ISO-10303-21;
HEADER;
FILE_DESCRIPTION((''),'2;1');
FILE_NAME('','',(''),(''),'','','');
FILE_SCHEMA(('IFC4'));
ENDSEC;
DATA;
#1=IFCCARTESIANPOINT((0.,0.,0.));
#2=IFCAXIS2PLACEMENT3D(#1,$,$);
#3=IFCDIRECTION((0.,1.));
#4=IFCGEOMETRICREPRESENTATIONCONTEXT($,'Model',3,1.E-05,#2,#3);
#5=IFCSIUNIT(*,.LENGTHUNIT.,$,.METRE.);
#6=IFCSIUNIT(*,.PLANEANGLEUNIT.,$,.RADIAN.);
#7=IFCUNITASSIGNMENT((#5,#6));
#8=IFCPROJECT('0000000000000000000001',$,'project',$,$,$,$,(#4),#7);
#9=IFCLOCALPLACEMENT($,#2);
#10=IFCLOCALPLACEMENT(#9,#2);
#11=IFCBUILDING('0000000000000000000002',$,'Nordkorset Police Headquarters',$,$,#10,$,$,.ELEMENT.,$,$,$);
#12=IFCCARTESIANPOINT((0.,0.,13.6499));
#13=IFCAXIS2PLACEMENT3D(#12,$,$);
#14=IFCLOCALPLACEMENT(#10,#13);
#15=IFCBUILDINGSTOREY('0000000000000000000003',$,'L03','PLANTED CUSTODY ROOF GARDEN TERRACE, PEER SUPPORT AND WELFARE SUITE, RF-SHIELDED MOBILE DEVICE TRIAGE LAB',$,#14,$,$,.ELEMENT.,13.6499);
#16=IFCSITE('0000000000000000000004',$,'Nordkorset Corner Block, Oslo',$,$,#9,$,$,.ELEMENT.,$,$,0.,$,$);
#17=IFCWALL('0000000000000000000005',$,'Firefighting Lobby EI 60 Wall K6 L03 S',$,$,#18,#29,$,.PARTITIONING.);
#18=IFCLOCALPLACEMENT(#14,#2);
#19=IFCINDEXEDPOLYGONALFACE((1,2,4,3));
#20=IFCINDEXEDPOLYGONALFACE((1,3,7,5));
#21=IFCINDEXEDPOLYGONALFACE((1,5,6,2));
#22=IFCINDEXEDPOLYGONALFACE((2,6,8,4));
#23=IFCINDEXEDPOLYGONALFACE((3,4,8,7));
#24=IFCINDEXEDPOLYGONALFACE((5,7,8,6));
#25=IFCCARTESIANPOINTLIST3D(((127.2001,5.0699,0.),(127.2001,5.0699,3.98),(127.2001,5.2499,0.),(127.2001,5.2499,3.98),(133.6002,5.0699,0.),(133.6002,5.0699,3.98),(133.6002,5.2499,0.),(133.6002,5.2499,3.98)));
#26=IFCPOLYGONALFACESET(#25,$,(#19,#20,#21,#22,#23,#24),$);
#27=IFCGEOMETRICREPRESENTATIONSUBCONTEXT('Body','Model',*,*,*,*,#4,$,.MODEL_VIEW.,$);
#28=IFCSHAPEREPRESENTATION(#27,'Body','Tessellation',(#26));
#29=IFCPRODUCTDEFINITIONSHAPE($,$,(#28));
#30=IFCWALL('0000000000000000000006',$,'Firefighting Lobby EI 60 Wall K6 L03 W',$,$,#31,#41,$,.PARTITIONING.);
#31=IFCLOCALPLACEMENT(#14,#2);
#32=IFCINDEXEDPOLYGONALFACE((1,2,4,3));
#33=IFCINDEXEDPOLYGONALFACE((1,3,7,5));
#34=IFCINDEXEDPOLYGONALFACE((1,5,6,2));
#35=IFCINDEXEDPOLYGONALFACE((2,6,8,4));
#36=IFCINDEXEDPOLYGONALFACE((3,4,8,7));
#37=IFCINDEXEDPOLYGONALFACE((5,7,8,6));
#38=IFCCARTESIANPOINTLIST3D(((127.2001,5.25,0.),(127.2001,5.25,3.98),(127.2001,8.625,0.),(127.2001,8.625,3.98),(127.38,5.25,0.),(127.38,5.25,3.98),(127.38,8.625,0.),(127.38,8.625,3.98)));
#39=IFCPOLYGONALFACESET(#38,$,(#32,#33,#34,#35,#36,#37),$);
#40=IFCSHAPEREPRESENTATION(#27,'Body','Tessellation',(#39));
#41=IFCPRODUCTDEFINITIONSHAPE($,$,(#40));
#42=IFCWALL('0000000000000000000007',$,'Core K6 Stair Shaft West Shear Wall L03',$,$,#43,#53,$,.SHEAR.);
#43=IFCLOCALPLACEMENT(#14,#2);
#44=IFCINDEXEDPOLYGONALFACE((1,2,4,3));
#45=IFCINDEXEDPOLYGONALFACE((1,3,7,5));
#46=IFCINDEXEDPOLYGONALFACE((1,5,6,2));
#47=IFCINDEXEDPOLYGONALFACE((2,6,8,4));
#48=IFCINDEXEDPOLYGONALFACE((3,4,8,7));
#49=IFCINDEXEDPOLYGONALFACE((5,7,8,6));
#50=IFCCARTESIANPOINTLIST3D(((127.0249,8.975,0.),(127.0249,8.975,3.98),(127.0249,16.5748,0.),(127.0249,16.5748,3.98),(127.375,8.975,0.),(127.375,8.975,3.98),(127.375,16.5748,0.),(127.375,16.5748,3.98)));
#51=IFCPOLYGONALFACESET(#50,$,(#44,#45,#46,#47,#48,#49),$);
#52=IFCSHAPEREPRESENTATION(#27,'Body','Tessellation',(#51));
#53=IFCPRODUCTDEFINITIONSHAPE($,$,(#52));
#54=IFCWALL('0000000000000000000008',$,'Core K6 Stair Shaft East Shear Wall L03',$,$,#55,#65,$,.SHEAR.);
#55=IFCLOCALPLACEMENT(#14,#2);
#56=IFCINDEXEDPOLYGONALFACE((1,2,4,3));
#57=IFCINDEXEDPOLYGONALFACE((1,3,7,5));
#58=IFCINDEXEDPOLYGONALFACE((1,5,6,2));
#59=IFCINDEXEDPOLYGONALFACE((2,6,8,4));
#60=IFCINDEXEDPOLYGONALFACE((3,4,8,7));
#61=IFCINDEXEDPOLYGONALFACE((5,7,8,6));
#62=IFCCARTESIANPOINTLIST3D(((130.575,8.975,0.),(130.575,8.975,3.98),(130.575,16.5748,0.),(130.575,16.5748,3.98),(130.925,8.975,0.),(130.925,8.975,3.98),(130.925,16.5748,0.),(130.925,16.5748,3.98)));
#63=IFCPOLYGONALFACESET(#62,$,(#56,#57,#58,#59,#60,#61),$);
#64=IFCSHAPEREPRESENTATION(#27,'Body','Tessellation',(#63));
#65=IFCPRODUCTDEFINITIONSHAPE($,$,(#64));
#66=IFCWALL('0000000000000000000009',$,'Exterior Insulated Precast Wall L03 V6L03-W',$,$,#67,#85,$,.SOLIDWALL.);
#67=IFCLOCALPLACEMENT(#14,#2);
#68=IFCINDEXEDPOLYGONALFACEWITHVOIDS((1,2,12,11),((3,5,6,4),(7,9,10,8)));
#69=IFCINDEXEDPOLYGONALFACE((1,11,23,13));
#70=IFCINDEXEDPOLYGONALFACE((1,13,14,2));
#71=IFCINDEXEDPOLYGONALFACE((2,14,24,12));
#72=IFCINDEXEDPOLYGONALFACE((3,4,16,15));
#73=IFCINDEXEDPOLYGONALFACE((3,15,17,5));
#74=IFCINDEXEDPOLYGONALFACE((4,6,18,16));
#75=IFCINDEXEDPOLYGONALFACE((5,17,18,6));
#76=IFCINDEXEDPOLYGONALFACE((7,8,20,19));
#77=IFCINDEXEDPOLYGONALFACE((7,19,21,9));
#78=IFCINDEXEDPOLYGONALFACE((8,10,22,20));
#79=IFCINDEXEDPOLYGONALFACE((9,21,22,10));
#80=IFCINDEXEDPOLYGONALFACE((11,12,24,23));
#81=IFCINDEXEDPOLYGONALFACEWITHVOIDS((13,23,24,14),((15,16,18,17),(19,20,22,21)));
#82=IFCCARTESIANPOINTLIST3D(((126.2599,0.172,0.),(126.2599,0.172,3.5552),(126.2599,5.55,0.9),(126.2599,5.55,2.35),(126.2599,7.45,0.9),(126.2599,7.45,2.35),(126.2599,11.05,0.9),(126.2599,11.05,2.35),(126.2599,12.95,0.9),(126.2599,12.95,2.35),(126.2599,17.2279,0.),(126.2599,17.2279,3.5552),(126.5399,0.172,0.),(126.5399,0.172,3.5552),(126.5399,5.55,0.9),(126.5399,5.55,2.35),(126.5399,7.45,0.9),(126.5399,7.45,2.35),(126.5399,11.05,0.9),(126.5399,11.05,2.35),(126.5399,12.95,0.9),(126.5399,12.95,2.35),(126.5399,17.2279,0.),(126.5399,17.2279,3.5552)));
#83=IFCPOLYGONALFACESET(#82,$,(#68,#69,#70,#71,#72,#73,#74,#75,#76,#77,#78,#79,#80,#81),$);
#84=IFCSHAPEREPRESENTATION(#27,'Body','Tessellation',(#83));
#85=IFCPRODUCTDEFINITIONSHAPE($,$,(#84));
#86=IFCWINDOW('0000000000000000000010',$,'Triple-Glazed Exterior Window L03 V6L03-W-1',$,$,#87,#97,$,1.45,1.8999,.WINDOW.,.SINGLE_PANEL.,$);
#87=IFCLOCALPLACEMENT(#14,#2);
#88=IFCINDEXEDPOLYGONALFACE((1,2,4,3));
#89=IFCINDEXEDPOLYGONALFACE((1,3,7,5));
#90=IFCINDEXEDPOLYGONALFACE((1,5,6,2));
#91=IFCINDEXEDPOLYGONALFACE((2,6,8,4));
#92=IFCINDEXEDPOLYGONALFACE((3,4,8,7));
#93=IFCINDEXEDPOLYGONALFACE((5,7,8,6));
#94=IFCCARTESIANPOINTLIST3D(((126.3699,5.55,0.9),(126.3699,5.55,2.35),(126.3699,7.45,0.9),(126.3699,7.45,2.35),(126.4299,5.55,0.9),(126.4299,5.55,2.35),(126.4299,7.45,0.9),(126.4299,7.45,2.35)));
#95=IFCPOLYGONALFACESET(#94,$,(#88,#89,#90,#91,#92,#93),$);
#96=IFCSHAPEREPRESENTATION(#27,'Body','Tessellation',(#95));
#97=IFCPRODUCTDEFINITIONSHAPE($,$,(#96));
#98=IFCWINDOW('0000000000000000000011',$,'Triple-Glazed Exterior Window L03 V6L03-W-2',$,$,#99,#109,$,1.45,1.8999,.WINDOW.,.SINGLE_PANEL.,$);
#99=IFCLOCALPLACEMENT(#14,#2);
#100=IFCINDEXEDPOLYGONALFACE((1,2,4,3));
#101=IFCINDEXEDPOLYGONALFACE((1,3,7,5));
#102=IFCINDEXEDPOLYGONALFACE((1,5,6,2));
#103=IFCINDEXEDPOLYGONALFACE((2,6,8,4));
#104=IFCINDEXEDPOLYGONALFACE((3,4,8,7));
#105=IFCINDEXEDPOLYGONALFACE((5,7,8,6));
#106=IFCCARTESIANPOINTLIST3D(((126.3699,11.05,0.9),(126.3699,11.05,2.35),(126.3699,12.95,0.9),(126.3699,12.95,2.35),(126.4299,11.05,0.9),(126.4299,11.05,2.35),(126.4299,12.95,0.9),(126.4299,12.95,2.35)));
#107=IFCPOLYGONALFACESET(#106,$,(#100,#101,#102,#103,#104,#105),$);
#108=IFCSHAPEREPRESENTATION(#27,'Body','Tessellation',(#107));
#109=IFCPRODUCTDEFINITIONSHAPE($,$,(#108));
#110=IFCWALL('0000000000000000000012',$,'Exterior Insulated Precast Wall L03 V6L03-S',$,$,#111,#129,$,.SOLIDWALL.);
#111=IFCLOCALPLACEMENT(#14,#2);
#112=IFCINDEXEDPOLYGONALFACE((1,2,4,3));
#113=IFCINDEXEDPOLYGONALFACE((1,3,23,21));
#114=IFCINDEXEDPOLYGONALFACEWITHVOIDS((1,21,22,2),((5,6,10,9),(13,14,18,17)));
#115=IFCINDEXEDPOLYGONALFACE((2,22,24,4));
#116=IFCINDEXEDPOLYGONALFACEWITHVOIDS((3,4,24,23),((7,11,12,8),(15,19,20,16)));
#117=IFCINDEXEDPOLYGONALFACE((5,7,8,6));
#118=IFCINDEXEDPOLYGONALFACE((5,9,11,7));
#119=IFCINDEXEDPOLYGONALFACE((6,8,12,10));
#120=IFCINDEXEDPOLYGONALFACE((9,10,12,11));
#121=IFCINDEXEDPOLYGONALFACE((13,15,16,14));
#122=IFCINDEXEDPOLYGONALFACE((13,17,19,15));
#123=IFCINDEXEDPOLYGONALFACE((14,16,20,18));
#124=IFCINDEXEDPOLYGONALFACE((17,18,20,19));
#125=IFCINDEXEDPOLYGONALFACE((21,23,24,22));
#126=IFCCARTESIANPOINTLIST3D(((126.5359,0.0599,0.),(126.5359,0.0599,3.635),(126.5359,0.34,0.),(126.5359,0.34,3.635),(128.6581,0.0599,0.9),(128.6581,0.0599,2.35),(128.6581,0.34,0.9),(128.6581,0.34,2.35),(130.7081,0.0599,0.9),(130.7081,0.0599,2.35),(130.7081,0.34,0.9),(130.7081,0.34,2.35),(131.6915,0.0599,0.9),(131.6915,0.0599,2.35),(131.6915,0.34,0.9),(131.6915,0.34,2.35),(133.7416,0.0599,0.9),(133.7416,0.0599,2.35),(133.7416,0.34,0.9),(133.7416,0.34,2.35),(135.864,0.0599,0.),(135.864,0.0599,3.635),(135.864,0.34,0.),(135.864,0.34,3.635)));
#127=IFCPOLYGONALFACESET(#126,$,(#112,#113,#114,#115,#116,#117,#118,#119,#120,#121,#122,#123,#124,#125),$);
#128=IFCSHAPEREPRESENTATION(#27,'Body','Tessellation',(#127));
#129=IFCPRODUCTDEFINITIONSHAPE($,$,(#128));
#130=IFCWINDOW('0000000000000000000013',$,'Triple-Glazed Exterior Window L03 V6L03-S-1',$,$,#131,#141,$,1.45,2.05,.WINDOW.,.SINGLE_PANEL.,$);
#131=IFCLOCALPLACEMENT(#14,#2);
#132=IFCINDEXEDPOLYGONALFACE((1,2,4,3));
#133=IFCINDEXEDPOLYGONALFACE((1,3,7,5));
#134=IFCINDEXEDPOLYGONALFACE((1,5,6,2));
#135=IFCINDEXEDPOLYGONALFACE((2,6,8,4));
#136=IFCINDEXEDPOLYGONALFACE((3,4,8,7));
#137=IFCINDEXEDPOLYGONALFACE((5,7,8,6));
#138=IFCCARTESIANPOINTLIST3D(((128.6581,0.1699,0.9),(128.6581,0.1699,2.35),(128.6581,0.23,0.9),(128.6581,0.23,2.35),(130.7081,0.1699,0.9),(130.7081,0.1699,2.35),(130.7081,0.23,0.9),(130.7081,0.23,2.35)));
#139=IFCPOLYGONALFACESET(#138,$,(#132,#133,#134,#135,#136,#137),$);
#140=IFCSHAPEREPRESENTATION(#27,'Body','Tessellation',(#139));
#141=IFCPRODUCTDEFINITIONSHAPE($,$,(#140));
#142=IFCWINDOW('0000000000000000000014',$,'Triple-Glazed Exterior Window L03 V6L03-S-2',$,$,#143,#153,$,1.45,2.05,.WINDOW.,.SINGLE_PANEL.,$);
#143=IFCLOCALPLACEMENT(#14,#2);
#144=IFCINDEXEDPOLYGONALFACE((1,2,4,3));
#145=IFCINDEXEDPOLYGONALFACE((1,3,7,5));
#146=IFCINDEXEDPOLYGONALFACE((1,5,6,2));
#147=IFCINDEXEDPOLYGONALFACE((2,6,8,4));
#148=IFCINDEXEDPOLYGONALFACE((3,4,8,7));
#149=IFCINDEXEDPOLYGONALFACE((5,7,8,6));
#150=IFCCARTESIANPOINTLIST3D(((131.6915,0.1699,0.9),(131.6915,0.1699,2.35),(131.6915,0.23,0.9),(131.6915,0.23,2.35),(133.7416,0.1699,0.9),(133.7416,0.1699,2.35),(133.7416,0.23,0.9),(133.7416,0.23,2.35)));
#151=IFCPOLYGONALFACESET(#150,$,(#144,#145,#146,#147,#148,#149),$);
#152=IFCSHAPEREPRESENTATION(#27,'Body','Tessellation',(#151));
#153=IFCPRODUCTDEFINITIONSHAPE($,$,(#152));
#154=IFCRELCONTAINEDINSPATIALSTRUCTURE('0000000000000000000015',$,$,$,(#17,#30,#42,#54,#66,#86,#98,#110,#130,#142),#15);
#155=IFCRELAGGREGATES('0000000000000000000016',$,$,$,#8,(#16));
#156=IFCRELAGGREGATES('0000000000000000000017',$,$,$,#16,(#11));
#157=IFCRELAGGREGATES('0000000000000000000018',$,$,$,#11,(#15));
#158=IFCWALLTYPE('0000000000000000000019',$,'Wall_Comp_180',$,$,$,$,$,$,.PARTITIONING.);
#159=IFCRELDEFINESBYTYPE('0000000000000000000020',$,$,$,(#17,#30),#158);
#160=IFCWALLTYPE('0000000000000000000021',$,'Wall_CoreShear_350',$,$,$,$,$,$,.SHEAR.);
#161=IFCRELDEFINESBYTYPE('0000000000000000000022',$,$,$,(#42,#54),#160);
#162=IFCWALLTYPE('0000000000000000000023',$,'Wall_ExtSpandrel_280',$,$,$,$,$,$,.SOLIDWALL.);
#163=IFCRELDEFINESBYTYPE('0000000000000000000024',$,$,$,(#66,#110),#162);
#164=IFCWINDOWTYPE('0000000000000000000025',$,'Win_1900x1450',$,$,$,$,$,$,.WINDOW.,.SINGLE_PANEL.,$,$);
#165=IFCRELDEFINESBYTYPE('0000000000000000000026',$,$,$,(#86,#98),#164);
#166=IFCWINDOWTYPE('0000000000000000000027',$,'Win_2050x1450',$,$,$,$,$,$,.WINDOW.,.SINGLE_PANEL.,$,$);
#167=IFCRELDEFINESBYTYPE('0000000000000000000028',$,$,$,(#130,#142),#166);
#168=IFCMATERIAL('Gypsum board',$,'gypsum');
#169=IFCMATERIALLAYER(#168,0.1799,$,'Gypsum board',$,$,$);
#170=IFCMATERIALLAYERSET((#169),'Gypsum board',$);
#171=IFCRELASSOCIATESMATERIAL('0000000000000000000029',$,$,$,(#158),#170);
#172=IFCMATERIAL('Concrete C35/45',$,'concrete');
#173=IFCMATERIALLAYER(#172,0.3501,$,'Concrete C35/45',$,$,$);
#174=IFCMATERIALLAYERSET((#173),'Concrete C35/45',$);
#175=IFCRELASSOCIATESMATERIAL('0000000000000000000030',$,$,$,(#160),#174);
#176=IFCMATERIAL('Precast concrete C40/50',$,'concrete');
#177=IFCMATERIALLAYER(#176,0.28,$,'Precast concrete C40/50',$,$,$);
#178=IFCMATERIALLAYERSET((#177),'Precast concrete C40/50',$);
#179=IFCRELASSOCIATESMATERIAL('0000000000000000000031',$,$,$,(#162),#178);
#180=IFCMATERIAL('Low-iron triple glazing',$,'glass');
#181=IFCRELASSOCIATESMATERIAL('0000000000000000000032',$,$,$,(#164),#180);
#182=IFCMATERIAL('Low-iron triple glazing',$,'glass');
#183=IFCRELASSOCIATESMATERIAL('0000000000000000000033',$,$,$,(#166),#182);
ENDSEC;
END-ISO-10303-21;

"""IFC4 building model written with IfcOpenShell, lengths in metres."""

from ifc_helpers import new_model, si_unit, direction, frame, frame_2d, origin, place, context, subcontext, project, spatial, rectangle, extrude, material, layer, layer_set, type_object, element, fill, save


model = new_model("IFC4")

# Units and contexts
model_context = context("Model", 3, precision=1e-05, world=origin(), true_north=direction((0.0, 1.0)))
body_context = subcontext(model_context, "Body", "Model", "MODEL_VIEW")
ifc_project = project(units=[si_unit("LENGTHUNIT", "METRE"), si_unit("PLANEANGLEUNIT", "RADIAN")], contexts=[model_context])

# Site, building, storey
site_placement = place(None, origin())
site = spatial("IfcSite", under=ifc_project, at=site_placement, Name="Nordkorset Corner Block, Oslo", CompositionType="ELEMENT", RefElevation=0.0)
building_placement = place(site_placement, origin())
building = spatial("IfcBuilding", under=site, at=building_placement, Name="Nordkorset Police Headquarters", CompositionType="ELEMENT")
storey_placement = place(building_placement, frame((0.0, 0.0, 13.6499)))
storey = spatial("IfcBuildingStorey", under=building, at=storey_placement, Name="L03", Description="PLANTED CUSTODY ROOF GARDEN TERRACE, PEER SUPPORT AND WELFARE SUITE, RF-SHIELDED MOBILE DEVICE TRIAGE LAB", CompositionType="ELEMENT", Elevation=13.6499)

# Walls
ifc_material_1 = material(Name="Gypsum board", Category="gypsum")
ifc_layer_1 = layer(ifc_material_1, 0.1799, Name="Gypsum board")
ifc_layer_set_1 = layer_set([ifc_layer_1], Name="Gypsum board")
wall_type_1 = type_object("IfcWallType", Name="Wall_Comp_180", PredefinedType="PARTITIONING", material=ifc_layer_set_1)
wall_1_placement = place(storey_placement, frame((127.2, 5.1599, 0.0), z_axis=(0.0, 0.0, 1.0), x_axis=(1.0, 0.0, 0.0)))
element("IfcWall", 1, at=wall_1_placement, inside=storey, type_object=wall_type_1, Name="Firefighting Lobby EI 60 Wall K6 L03 S", PredefinedType="PARTITIONING", context=body_context, shape_type="SweptSolid", body=[
    extrude(rectangle(XDim=6.4001, YDim=0.1799, at=frame_2d((3.2002, 0.0))), origin(), (0.0, 0.0, 1.0), 3.98),
])
wall_2_placement = place(storey_placement, frame((127.29, 5.25, 0.0), z_axis=(0.0, 0.0, 1.0), x_axis=(0.0, 1.0, 0.0)))
element("IfcWall", 2, at=wall_2_placement, inside=storey, type_object=wall_type_1, Name="Firefighting Lobby EI 60 Wall K6 L03 W", PredefinedType="PARTITIONING", context=body_context, shape_type="SweptSolid", body=[
    extrude(rectangle(XDim=3.375, YDim=0.1799, at=frame_2d((1.6875, 0.0))), origin(), (0.0, 0.0, 1.0), 3.98),
])

# Shared definitions
ifc_material_2 = material(Name="Concrete C35/45", Category="concrete")
ifc_layer_2 = layer(ifc_material_2, 0.3501, Name="Concrete C35/45")
ifc_layer_set_2 = layer_set([ifc_layer_2], Name="Concrete C35/45")
wall_type_2 = type_object("IfcWallType", Name="Wall_CoreShear_350", PredefinedType="SHEAR", material=ifc_layer_set_2)

# Walls
for number, where, z_axis, x_axis, name in (
    (3, (127.2, 8.9751, 0.0), (0.0, 0.0, 1.0), (0.0, 1.0, 0.0), "Core K6 Stair Shaft West Shear Wall L03"),
    (4, (130.75, 8.9751, 0.0), (0.0, 0.0, 1.0), (0.0, 1.0, 0.0), "Core K6 Stair Shaft East Shear Wall L03"),
):
    element("IfcWall", number, at=place(storey_placement, frame(where, z_axis=z_axis, x_axis=x_axis)), inside=storey, type_object=wall_type_2, Name=name, PredefinedType="SHEAR", context=body_context, shape_type="SweptSolid", body=[
        extrude(rectangle(XDim=7.5999, YDim=0.3501, at=frame_2d((3.7998, 0.0))), origin(), (0.0, 0.0, 1.0), 3.98),
    ])

# Walls, openings, windows
ifc_material_3 = material(Name="Precast concrete C40/50", Category="concrete")
ifc_layer_3 = layer(ifc_material_3, 0.28, Name="Precast concrete C40/50")
ifc_layer_set_3 = layer_set([ifc_layer_3], Name="Precast concrete C40/50")
wall_type_3 = type_object("IfcWallType", Name="Wall_ExtSpandrel_280", PredefinedType="SOLIDWALL", material=ifc_layer_set_3)
wall_3_placement = place(storey_placement, frame((126.3999, 0.1721, 0.0), z_axis=(0.0, 0.0, 1.0), x_axis=(0.0, 1.0, 0.0)))
wall_3 = element("IfcWall", 5, at=wall_3_placement, inside=storey, type_object=wall_type_3, Name="Exterior Insulated Precast Wall L03 V6L03-W", PredefinedType="SOLIDWALL", context=body_context, shape_type="SweptSolid", body=[
    extrude(rectangle(XDim=17.0559, YDim=0.28, at=frame_2d((8.5278, 0.0))), origin(), (0.0, 0.0, 1.0), 3.5552),
])
opening_1_placement = place(wall_3_placement, frame((5.3779, 0.0, 0.8999)))
opening_1 = element("IfcOpeningElement", 6, at=opening_1_placement, cuts=wall_3, PredefinedType="OPENING", context=body_context, shape_type="SweptSolid", body=[
    extrude(rectangle(XDim=1.8999, YDim=1.45, at=frame_2d((0.95, 0.7251))), frame((0.0, 0.1499, 0.0), z_axis=(0.0, -1.0, 0.0), x_axis=(1.0, 0.0, 0.0)), (0.0, 0.0, 1.0), 0.3),
])
opening_2_placement = place(wall_3_placement, frame((10.8779, 0.0, 0.8999)))
opening_2 = element("IfcOpeningElement", 7, at=opening_2_placement, cuts=wall_3, PredefinedType="OPENING", context=body_context, shape_type="SweptSolid", body=[
    extrude(rectangle(XDim=1.8999, YDim=1.45, at=frame_2d((0.95, 0.7251))), frame((0.0, 0.1499, 0.0), z_axis=(0.0, -1.0, 0.0), x_axis=(1.0, 0.0, 0.0)), (0.0, 0.0, 1.0), 0.3),
])
ifc_material_4 = material(Name="Low-iron triple glazing", Category="glass")
window_type_1 = type_object("IfcWindowType", Name="Win_1900x1450", PartitioningType="SINGLE_PANEL", PredefinedType="WINDOW", material=ifc_material_4)
window_1_placement = place(opening_1_placement, origin())
window_1 = element("IfcWindow", 8, at=window_1_placement, inside=storey, type_object=window_type_1, Name="Triple-Glazed Exterior Window L03 V6L03-W-1", OverallHeight=1.45, OverallWidth=1.8999, PartitioningType="SINGLE_PANEL", PredefinedType="WINDOW", context=body_context, shape_type="SweptSolid", body=[
    extrude(rectangle(XDim=1.8999, YDim=1.45, at=frame_2d((0.95, 0.7251))), frame((0.0, 0.03, 0.0), z_axis=(0.0, -1.0, 0.0), x_axis=(1.0, 0.0, 0.0)), (0.0, 0.0, 1.0), 0.0601),
])
fill(opening_1, window_1)
window_2_placement = place(opening_2_placement, origin())
window_2 = element("IfcWindow", 9, at=window_2_placement, inside=storey, type_object=window_type_1, Name="Triple-Glazed Exterior Window L03 V6L03-W-2", OverallHeight=1.45, OverallWidth=1.8999, PartitioningType="SINGLE_PANEL", PredefinedType="WINDOW", context=body_context, shape_type="SweptSolid", body=[
    extrude(rectangle(XDim=1.8999, YDim=1.45, at=frame_2d((0.95, 0.7251))), frame((0.0, 0.03, 0.0), z_axis=(0.0, -1.0, 0.0), x_axis=(1.0, 0.0, 0.0)), (0.0, 0.0, 1.0), 0.0601),
])
fill(opening_2, window_2)
wall_4_placement = place(storey_placement, frame((126.5359, 0.2, 0.0), z_axis=(0.0, 0.0, 1.0), x_axis=(1.0, 0.0, 0.0)))
wall_4 = element("IfcWall", 10, at=wall_4_placement, inside=storey, type_object=wall_type_3, Name="Exterior Insulated Precast Wall L03 V6L03-S", PredefinedType="SOLIDWALL", context=body_context, shape_type="SweptSolid", body=[
    extrude(rectangle(XDim=9.3281, YDim=0.28, at=frame_2d((4.6641, 0.0))), origin(), (0.0, 0.0, 1.0), 3.635),
])
opening_3_placement = place(wall_4_placement, frame((2.1223, 0.0, 0.8999)))
opening_3 = element("IfcOpeningElement", 11, at=opening_3_placement, cuts=wall_4, PredefinedType="OPENING", context=body_context, shape_type="SweptSolid", body=[
    extrude(rectangle(XDim=2.05, YDim=1.45, at=frame_2d((1.0249, 0.7251))), frame((0.0, 0.1499, 0.0), z_axis=(0.0, -1.0, 0.0), x_axis=(1.0, 0.0, 0.0)), (0.0, 0.0, 1.0), 0.3),
])
opening_4_placement = place(wall_4_placement, frame((5.1558, 0.0, 0.8999)))
opening_4 = element("IfcOpeningElement", 12, at=opening_4_placement, cuts=wall_4, PredefinedType="OPENING", context=body_context, shape_type="SweptSolid", body=[
    extrude(rectangle(XDim=2.05, YDim=1.45, at=frame_2d((1.0249, 0.7251))), frame((0.0, 0.1499, 0.0), z_axis=(0.0, -1.0, 0.0), x_axis=(1.0, 0.0, 0.0)), (0.0, 0.0, 1.0), 0.3),
])
ifc_material_5 = material(Name="Low-iron triple glazing", Category="glass")
window_type_2 = type_object("IfcWindowType", Name="Win_2050x1450", PartitioningType="SINGLE_PANEL", PredefinedType="WINDOW", material=ifc_material_5)
window_3_placement = place(opening_3_placement, origin())
window_3 = element("IfcWindow", 13, at=window_3_placement, inside=storey, type_object=window_type_2, Name="Triple-Glazed Exterior Window L03 V6L03-S-1", OverallHeight=1.45, OverallWidth=2.05, PartitioningType="SINGLE_PANEL", PredefinedType="WINDOW", context=body_context, shape_type="SweptSolid", body=[
    extrude(rectangle(XDim=2.05, YDim=1.45, at=frame_2d((1.0249, 0.7251))), frame((0.0, 0.03, 0.0), z_axis=(0.0, -1.0, 0.0), x_axis=(1.0, 0.0, 0.0)), (0.0, 0.0, 1.0), 0.0601),
])
fill(opening_3, window_3)
window_4_placement = place(opening_4_placement, origin())
window_4 = element("IfcWindow", 14, at=window_4_placement, inside=storey, type_object=window_type_2, Name="Triple-Glazed Exterior Window L03 V6L03-S-2", OverallHeight=1.45, OverallWidth=2.05, PartitioningType="SINGLE_PANEL", PredefinedType="WINDOW", context=body_context, shape_type="SweptSolid", body=[
    extrude(rectangle(XDim=2.05, YDim=1.45, at=frame_2d((1.0249, 0.7251))), frame((0.0, 0.03, 0.0), z_axis=(0.0, -1.0, 0.0), x_axis=(1.0, 0.0, 0.0)), (0.0, 0.0, 1.0), 0.0601),
])
fill(opening_4, window_4)

save(model, "model.ifc")
